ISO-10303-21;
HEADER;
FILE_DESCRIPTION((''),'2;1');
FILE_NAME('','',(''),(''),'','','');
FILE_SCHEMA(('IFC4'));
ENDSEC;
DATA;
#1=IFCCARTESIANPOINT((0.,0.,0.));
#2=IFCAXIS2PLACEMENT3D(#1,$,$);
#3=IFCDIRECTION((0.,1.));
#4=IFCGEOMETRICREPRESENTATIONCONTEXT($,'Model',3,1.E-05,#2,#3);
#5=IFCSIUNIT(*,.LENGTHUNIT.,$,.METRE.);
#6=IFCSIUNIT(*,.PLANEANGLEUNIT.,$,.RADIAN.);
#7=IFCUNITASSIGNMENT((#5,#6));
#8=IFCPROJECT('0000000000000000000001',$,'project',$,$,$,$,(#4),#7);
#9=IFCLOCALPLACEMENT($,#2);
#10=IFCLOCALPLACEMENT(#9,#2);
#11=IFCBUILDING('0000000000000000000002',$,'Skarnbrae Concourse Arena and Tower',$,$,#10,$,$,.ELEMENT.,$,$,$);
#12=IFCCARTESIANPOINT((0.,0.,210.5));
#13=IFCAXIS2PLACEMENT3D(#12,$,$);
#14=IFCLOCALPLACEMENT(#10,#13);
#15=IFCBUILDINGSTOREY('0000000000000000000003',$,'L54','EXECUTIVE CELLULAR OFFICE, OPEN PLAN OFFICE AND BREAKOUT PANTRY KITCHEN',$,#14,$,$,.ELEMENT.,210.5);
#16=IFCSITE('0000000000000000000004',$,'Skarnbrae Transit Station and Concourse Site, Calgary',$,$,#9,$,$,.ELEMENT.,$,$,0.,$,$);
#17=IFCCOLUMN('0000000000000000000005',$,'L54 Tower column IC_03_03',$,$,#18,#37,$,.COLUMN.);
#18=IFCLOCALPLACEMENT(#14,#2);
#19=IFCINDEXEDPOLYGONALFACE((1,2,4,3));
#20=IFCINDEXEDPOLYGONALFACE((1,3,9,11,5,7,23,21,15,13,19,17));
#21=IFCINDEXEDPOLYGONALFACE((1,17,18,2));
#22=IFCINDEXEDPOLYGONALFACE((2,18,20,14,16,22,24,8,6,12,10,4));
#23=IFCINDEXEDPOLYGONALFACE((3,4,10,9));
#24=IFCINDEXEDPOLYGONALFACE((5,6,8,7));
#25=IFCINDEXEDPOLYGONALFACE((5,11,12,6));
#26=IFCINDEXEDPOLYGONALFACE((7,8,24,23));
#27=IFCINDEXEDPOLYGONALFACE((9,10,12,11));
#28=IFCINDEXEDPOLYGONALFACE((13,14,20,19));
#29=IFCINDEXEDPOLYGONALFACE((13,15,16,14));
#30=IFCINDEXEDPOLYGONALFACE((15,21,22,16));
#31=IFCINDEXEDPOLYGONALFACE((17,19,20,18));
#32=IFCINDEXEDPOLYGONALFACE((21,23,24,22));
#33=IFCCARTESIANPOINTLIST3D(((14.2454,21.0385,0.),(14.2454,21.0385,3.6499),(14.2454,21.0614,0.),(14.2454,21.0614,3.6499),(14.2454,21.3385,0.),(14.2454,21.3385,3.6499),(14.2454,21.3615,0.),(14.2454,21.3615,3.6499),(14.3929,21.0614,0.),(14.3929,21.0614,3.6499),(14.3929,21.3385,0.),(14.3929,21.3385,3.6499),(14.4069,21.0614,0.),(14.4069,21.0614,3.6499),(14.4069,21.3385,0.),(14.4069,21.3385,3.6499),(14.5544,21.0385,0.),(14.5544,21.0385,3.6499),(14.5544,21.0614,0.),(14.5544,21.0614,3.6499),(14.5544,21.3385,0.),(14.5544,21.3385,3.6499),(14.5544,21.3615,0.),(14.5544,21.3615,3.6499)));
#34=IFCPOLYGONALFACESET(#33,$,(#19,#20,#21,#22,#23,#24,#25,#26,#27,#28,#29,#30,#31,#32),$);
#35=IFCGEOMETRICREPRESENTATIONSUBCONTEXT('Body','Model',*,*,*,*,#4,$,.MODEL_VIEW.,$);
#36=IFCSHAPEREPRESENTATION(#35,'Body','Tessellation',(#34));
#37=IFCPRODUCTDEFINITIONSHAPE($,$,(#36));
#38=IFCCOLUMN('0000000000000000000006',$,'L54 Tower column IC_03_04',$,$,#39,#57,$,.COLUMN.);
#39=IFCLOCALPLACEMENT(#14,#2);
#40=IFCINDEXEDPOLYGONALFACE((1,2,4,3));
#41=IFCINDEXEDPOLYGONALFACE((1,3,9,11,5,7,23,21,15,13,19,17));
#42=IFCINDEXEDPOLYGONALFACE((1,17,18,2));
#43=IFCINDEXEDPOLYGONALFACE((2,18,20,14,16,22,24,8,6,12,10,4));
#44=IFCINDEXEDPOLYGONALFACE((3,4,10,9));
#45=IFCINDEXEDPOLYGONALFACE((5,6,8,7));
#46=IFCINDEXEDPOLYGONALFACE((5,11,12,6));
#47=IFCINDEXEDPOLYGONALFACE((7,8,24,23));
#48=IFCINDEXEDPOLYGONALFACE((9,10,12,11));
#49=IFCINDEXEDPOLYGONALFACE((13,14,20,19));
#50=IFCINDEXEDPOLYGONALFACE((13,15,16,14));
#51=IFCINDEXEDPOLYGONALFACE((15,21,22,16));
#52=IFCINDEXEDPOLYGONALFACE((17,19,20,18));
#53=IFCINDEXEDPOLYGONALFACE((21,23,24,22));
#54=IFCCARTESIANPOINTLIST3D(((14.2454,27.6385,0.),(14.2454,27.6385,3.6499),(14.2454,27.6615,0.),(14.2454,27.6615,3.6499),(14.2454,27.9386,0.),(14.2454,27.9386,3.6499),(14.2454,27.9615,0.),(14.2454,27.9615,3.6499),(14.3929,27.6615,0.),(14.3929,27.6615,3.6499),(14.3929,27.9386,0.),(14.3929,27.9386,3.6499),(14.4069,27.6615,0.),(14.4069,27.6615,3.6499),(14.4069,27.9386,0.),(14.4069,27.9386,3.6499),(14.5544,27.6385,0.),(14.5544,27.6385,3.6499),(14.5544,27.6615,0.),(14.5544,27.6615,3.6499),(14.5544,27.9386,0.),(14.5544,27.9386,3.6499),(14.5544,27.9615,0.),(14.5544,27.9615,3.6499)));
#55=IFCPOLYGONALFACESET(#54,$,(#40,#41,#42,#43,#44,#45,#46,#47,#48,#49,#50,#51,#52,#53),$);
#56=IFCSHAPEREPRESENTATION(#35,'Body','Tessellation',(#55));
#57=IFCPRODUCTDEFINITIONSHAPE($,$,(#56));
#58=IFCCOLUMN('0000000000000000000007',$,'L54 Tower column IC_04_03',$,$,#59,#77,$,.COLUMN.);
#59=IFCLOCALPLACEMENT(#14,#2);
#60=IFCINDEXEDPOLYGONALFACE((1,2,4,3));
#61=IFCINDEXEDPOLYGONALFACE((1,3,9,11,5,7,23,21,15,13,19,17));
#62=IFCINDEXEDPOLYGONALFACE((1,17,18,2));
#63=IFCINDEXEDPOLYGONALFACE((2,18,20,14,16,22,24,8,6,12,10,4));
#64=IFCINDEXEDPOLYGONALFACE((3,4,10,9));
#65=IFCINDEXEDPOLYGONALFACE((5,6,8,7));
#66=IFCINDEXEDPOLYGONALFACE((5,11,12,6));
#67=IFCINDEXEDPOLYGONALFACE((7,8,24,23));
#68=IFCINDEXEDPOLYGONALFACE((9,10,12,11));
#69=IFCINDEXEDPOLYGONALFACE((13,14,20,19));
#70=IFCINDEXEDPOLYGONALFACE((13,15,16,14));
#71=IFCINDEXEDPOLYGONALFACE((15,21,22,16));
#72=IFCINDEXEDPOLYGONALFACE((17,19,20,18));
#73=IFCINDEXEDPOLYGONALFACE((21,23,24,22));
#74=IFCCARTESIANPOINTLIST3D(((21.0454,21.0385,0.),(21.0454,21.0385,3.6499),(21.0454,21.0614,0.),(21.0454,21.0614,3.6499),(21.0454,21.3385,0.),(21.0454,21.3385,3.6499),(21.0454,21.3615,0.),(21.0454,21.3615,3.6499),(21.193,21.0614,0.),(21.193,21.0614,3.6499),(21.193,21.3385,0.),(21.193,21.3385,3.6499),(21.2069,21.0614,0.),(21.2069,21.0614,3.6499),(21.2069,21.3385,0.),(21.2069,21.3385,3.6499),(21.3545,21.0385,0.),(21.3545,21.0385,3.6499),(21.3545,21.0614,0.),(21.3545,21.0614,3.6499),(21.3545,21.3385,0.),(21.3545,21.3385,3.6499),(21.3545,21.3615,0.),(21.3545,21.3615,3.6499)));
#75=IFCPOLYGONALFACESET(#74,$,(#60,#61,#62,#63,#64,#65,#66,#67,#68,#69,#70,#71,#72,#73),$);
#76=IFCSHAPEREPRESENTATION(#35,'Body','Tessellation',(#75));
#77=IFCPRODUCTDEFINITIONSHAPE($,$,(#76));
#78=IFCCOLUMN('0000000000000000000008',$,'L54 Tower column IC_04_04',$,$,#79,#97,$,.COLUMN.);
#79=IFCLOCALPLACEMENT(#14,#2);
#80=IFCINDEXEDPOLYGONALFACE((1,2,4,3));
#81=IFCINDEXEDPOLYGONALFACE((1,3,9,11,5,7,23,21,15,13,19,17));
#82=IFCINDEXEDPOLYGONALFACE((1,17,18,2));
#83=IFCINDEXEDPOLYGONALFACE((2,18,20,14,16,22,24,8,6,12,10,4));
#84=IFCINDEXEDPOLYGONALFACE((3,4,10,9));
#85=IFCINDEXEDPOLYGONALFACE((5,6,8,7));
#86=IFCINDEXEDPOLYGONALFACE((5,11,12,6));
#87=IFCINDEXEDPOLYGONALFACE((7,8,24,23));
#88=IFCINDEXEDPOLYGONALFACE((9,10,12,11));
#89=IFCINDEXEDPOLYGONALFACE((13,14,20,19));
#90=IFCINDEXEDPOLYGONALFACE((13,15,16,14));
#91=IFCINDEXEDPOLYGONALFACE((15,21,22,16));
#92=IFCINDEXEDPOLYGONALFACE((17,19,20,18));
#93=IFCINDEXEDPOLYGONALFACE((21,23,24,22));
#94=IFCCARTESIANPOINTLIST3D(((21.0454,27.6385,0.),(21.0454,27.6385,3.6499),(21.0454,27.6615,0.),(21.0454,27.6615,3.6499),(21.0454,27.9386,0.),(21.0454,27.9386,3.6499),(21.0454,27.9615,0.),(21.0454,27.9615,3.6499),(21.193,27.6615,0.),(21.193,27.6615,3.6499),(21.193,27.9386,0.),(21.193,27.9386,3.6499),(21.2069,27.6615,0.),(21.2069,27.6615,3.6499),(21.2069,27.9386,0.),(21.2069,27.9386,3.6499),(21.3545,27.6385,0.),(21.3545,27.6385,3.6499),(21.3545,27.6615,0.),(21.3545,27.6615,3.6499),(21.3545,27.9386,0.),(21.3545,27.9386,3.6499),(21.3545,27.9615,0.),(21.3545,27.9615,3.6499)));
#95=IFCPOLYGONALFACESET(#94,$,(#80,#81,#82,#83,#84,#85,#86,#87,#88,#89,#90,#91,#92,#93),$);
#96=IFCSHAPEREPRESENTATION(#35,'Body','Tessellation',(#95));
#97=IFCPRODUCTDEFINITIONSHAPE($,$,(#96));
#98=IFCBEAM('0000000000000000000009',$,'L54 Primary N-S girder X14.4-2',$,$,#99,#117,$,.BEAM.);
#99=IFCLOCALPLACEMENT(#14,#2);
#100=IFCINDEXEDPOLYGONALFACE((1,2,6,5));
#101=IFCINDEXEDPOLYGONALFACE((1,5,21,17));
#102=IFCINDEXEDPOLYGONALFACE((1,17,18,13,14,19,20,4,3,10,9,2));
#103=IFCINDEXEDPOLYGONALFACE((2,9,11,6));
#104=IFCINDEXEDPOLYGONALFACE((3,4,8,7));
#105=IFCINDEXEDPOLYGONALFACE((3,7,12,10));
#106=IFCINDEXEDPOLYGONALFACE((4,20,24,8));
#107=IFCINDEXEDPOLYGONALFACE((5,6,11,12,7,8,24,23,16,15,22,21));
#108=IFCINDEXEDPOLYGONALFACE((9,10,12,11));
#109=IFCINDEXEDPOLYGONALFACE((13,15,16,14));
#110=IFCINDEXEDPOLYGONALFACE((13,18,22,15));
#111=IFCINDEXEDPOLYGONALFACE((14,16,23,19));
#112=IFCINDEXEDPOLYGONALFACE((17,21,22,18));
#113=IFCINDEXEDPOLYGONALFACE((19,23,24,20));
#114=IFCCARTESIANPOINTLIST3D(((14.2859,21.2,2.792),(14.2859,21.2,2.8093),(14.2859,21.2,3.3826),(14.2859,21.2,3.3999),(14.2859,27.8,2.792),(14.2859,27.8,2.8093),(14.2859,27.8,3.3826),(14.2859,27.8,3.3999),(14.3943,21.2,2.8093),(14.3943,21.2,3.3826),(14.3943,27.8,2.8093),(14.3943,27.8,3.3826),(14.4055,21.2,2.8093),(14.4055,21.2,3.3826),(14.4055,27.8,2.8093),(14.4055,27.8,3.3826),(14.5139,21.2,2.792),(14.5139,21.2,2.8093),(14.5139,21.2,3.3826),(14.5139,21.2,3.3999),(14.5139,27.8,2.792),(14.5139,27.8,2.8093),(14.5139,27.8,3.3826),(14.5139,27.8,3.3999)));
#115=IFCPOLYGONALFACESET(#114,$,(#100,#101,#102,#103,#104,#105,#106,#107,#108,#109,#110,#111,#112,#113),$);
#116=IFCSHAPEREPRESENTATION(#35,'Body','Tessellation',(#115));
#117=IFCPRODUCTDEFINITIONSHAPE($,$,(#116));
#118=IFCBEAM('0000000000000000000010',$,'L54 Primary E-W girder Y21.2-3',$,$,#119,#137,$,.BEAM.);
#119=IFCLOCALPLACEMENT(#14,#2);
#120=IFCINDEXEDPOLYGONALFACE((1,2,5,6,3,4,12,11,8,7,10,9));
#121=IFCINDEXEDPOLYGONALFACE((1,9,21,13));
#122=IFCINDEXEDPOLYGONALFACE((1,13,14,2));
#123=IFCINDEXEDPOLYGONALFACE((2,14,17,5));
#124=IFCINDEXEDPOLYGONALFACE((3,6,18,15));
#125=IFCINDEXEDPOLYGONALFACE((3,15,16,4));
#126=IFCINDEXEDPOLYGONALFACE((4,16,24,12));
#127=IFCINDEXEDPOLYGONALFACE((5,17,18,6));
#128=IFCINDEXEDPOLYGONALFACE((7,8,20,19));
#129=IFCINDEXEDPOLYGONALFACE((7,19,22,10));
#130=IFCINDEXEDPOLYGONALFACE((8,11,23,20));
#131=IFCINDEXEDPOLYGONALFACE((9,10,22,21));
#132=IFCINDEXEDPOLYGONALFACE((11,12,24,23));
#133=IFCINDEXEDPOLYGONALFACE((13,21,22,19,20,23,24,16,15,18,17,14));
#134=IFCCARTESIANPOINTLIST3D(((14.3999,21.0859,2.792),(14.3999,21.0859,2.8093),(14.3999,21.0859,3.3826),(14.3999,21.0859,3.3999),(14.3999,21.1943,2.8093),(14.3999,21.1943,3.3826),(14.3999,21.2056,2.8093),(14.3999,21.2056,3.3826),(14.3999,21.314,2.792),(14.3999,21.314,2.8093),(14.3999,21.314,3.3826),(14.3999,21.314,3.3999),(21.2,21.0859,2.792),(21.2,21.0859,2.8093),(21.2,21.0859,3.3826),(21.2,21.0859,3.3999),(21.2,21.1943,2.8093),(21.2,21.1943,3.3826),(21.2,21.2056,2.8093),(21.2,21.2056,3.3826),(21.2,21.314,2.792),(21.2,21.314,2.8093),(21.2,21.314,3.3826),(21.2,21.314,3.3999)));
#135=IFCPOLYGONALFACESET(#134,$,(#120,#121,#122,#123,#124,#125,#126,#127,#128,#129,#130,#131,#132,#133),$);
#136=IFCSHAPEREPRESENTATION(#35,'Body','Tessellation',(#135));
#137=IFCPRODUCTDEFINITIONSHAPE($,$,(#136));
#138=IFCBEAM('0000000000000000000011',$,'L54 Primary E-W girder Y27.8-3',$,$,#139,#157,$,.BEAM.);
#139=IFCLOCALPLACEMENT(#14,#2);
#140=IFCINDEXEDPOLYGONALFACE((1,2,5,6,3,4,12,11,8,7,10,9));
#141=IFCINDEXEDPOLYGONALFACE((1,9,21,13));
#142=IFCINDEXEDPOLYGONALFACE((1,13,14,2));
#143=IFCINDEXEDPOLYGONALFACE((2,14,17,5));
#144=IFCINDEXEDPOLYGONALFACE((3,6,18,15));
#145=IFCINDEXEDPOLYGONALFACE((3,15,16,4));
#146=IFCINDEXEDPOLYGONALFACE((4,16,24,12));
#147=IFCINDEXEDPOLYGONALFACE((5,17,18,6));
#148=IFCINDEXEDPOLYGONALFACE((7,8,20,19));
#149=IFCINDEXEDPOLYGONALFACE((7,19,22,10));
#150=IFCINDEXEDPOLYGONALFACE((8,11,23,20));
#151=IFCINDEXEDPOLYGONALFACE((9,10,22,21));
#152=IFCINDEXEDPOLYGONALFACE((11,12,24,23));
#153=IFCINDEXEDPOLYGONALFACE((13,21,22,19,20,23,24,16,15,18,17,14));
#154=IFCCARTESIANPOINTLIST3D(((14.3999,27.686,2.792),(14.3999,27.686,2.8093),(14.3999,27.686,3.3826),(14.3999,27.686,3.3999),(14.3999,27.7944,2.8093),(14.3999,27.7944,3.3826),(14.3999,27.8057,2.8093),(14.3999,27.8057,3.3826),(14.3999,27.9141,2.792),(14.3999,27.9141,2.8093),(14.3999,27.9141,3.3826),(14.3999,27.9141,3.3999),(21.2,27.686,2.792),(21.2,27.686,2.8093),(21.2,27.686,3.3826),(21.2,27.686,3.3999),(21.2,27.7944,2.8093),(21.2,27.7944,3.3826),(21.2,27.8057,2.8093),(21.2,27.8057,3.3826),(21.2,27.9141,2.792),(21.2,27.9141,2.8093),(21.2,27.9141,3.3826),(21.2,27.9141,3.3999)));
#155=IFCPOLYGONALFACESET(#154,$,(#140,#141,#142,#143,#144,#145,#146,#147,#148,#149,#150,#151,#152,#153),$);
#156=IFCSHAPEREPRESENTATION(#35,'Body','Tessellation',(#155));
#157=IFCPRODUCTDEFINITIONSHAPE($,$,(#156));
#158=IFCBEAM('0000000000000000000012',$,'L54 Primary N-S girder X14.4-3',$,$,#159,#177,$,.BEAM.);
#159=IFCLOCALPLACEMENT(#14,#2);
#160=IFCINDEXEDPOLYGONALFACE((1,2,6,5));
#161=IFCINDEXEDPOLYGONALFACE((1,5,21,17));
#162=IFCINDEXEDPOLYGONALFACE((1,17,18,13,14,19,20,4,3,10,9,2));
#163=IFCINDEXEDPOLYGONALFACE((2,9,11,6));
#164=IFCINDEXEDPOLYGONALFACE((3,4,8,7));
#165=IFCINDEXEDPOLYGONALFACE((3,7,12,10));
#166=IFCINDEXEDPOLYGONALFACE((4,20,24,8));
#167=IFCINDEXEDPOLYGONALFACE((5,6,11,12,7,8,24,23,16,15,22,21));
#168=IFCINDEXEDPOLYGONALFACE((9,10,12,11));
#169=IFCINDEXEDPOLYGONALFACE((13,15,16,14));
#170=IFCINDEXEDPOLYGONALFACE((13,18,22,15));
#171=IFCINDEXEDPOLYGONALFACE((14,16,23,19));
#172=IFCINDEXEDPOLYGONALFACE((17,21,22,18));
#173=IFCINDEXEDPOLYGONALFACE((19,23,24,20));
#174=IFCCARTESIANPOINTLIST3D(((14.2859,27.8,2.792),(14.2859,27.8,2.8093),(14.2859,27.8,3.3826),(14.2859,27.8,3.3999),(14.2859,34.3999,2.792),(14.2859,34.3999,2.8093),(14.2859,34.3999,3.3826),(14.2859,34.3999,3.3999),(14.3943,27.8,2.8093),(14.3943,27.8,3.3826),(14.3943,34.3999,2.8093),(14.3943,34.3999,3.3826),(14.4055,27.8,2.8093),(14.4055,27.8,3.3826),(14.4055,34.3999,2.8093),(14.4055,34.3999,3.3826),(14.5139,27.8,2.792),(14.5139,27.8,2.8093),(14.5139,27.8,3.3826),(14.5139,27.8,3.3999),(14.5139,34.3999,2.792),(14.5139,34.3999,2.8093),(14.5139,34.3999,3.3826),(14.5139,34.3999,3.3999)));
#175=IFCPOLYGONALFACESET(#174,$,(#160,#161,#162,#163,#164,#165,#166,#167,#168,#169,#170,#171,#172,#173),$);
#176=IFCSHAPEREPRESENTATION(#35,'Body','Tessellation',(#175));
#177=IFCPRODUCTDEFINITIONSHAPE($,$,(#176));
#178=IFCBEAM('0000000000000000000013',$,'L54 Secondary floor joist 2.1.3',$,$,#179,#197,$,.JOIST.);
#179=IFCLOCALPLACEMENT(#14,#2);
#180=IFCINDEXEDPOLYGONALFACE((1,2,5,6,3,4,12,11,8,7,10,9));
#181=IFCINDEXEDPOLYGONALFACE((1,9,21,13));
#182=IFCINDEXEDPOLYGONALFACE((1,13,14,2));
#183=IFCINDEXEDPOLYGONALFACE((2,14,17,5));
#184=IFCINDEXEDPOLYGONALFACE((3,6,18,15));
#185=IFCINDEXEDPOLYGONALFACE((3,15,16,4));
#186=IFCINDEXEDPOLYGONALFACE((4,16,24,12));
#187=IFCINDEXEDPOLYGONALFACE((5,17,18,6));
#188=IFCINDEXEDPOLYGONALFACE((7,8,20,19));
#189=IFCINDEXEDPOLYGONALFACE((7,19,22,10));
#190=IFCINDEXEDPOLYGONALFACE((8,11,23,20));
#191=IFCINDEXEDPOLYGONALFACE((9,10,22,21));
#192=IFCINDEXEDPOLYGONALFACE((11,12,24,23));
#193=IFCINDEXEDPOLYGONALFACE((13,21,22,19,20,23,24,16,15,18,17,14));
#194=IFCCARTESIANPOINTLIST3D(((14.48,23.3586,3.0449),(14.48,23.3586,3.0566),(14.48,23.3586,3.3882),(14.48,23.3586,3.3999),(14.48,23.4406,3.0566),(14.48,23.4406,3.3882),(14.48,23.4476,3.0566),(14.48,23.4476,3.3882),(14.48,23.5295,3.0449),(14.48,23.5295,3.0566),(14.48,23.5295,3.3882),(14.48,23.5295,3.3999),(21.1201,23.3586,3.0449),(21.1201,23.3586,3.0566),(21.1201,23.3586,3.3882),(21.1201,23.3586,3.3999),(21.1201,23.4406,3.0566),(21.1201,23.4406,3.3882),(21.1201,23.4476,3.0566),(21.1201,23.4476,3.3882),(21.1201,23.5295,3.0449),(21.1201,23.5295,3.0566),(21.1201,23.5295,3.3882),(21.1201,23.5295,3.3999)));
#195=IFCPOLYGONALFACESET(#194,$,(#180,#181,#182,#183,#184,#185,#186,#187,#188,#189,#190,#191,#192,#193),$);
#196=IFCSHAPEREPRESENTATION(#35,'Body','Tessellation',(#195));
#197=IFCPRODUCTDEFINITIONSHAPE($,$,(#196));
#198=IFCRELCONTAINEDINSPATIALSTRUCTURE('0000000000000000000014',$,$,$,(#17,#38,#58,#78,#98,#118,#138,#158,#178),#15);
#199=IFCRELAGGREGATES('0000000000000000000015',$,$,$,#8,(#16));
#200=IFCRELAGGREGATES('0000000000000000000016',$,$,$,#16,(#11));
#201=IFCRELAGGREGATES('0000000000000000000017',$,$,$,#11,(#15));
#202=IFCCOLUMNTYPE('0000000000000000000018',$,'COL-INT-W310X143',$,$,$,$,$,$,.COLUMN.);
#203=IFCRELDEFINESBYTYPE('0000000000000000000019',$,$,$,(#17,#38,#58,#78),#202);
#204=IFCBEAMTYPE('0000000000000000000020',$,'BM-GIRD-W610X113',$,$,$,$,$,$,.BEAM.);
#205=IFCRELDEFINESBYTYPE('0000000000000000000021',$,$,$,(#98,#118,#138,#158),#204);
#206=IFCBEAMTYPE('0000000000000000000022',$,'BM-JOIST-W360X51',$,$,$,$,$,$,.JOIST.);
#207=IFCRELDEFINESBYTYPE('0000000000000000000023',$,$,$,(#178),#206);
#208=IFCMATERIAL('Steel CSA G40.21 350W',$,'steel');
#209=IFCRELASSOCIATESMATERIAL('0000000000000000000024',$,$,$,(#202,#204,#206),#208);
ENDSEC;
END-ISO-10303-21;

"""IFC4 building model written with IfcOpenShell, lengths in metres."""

from ifc_helpers import new_model, si_unit, direction, frame, origin, origin_2d, place, context, subcontext, project, spatial, i_section, extrude, source, transform, mapped, material, material_profile, profile_set, type_object, element, save


model = new_model("IFC4")

# Units and contexts
model_context = context("Model", 3, precision=1e-05, world=origin(), true_north=direction((0.0, 1.0)))
body_context = subcontext(model_context, "Body", "Model", "MODEL_VIEW")
ifc_project = project(units=[si_unit("LENGTHUNIT", "METRE"), si_unit("PLANEANGLEUNIT", "RADIAN")], contexts=[model_context])

# Site, building, storey
site_placement = place(None, origin())
site = spatial("IfcSite", under=ifc_project, at=site_placement, Name="Skarnbrae Transit Station and Concourse Site, Calgary", CompositionType="ELEMENT", RefElevation=0.0)
building_placement = place(site_placement, origin())
building = spatial("IfcBuilding", under=site, at=building_placement, Name="Skarnbrae Concourse Arena and Tower", CompositionType="ELEMENT")
storey_placement = place(building_placement, frame((0.0, 0.0, 210.5)))
storey = spatial("IfcBuildingStorey", under=building, at=storey_placement, Name="L54", Description="EXECUTIVE CELLULAR OFFICE, OPEN PLAN OFFICE AND BREAKOUT PANTRY KITCHEN", CompositionType="ELEMENT", Elevation=210.5)

# Columns
ifc_material_1 = material(Name="Steel CSA G40.21 350W", Category="steel")
ifc_material_profile_1 = material_profile(ifc_material_1, i_section(OverallWidth=0.3091, OverallDepth=0.323, WebThickness=0.0139, FlangeThickness=0.0229, at=origin_2d()), Name="W310X143")
ifc_profile_set_1 = profile_set([ifc_material_profile_1], Name="Steel CSA G40.21 350W")
column_type = type_object("IfcColumnType", Name="COL-INT-W310X143", PredefinedType="COLUMN", material=ifc_profile_set_1)
shared_shape_1 = source(origin(), body_context, "Body", "SweptSolid", [
    extrude(i_section(OverallWidth=0.3091, OverallDepth=0.323, WebThickness=0.0139, FlangeThickness=0.0229, at=origin_2d()), origin(), (0.0, 0.0, 1.0), 3.6499),
])
for number, where, z_axis, x_axis, name in (
    (1, (14.3999, 21.2, 0.0), (0.0, 0.0, 1.0), (1.0, 0.0, 0.0), "L54 Tower column IC_03_03"),
    (2, (14.3999, 27.8, 0.0), (0.0, 0.0, 1.0), (1.0, 0.0, 0.0), "L54 Tower column IC_03_04"),
    (3, (21.2, 21.2, 0.0), (0.0, 0.0, 1.0), (1.0, 0.0, 0.0), "L54 Tower column IC_04_03"),
    (4, (21.2, 27.8, 0.0), (0.0, 0.0, 1.0), (1.0, 0.0, 0.0), "L54 Tower column IC_04_04"),
):
    element("IfcColumn", number, at=place(storey_placement, frame(where, z_axis=z_axis, x_axis=x_axis)), inside=storey, type_object=column_type, Name=name, PredefinedType="COLUMN", context=body_context, shape_type="MappedRepresentation", body=[
        mapped(shared_shape_1, transform((0.0, 0.0, 0.0))),
    ])

# Beams
ifc_material_profile_2 = material_profile(ifc_material_1, i_section(OverallWidth=0.228, OverallDepth=0.6079, WebThickness=0.0112, FlangeThickness=0.0173, at=origin_2d()), Name="W610X113")
ifc_profile_set_2 = profile_set([ifc_material_profile_2], Name="Steel CSA G40.21 350W")
beam_type_1 = type_object("IfcBeamType", Name="BM-GIRD-W610X113", PredefinedType="BEAM", material=ifc_profile_set_2)
shared_shape_2 = source(origin(), body_context, "Body", "SweptSolid", [
    extrude(i_section(OverallWidth=0.228, OverallDepth=0.6079, WebThickness=0.0112, FlangeThickness=0.0173, at=origin_2d()), origin(), (0.0, 0.0, 1.0), 6.6001),
])
beam_1_placement = place(storey_placement, frame((14.3999, 21.2, 3.0959), z_axis=(0.0, 1.0, 0.0), x_axis=(-1.0, 0.0, 0.0)))
element("IfcBeam", 5, at=beam_1_placement, inside=storey, type_object=beam_type_1, Name="L54 Primary N-S girder X14.4-2", PredefinedType="BEAM", context=body_context, shape_type="MappedRepresentation", body=[
    mapped(shared_shape_2, transform((0.0, 0.0, 0.0))),
])
shared_shape_3 = source(origin(), body_context, "Body", "SweptSolid", [
    extrude(i_section(OverallWidth=0.228, OverallDepth=0.6079, WebThickness=0.0112, FlangeThickness=0.0173, at=origin_2d()), origin(), (0.0, 0.0, 1.0), 6.8),
])
for number, where, z_axis, x_axis, name in (
    (6, (14.3999, 21.2, 3.0959), (1.0, 0.0, 0.0), (0.0, 1.0, 0.0), "L54 Primary E-W girder Y21.2-3"),
    (7, (14.3999, 27.8, 3.0959), (1.0, 0.0, 0.0), (0.0, 1.0, 0.0), "L54 Primary E-W girder Y27.8-3"),
):
    element("IfcBeam", number, at=place(storey_placement, frame(where, z_axis=z_axis, x_axis=x_axis)), inside=storey, type_object=beam_type_1, Name=name, PredefinedType="BEAM", context=body_context, shape_type="MappedRepresentation", body=[
        mapped(shared_shape_3, transform((0.0, 0.0, 0.0))),
    ])
shared_shape_4 = source(origin(), body_context, "Body", "SweptSolid", [
    extrude(i_section(OverallWidth=0.228, OverallDepth=0.6079, WebThickness=0.0112, FlangeThickness=0.0173, at=origin_2d()), origin(), (0.0, 0.0, 1.0), 6.5999),
])
beam_2_placement = place(storey_placement, frame((14.3999, 27.8, 3.0959), z_axis=(0.0, 1.0, 0.0), x_axis=(-1.0, 0.0, 0.0)))
element("IfcBeam", 8, at=beam_2_placement, inside=storey, type_object=beam_type_1, Name="L54 Primary N-S girder X14.4-3", PredefinedType="BEAM", context=body_context, shape_type="MappedRepresentation", body=[
    mapped(shared_shape_4, transform((0.0, 0.0, 0.0))),
])
ifc_material_profile_3 = material_profile(ifc_material_1, i_section(OverallWidth=0.1709, OverallDepth=0.355, WebThickness=0.0071, FlangeThickness=0.0117, at=origin_2d()), Name="W360X51")
ifc_profile_set_3 = profile_set([ifc_material_profile_3], Name="Steel CSA G40.21 350W")
beam_type_2 = type_object("IfcBeamType", Name="BM-JOIST-W360X51", PredefinedType="JOIST", material=ifc_profile_set_3)
shared_shape_5 = source(origin(), body_context, "Body", "SweptSolid", [
    extrude(i_section(OverallWidth=0.1709, OverallDepth=0.355, WebThickness=0.0071, FlangeThickness=0.0117, at=origin_2d()), origin(), (0.0, 0.0, 1.0), 6.6401),
])
for number, where, z_axis, x_axis, name in (
    (9, (14.48, 23.4441, 3.2224), (1.0, 0.0, 0.0), (0.0, 1.0, 0.0), "L54 Secondary floor joist 2.1.3"),
):
    element("IfcBeam", number, at=place(storey_placement, frame(where, z_axis=z_axis, x_axis=x_axis)), inside=storey, type_object=beam_type_2, Name=name, PredefinedType="JOIST", context=body_context, shape_type="MappedRepresentation", body=[
        mapped(shared_shape_5, transform((0.0, 0.0, 0.0))),
    ])

save(model, "model.ifc")
